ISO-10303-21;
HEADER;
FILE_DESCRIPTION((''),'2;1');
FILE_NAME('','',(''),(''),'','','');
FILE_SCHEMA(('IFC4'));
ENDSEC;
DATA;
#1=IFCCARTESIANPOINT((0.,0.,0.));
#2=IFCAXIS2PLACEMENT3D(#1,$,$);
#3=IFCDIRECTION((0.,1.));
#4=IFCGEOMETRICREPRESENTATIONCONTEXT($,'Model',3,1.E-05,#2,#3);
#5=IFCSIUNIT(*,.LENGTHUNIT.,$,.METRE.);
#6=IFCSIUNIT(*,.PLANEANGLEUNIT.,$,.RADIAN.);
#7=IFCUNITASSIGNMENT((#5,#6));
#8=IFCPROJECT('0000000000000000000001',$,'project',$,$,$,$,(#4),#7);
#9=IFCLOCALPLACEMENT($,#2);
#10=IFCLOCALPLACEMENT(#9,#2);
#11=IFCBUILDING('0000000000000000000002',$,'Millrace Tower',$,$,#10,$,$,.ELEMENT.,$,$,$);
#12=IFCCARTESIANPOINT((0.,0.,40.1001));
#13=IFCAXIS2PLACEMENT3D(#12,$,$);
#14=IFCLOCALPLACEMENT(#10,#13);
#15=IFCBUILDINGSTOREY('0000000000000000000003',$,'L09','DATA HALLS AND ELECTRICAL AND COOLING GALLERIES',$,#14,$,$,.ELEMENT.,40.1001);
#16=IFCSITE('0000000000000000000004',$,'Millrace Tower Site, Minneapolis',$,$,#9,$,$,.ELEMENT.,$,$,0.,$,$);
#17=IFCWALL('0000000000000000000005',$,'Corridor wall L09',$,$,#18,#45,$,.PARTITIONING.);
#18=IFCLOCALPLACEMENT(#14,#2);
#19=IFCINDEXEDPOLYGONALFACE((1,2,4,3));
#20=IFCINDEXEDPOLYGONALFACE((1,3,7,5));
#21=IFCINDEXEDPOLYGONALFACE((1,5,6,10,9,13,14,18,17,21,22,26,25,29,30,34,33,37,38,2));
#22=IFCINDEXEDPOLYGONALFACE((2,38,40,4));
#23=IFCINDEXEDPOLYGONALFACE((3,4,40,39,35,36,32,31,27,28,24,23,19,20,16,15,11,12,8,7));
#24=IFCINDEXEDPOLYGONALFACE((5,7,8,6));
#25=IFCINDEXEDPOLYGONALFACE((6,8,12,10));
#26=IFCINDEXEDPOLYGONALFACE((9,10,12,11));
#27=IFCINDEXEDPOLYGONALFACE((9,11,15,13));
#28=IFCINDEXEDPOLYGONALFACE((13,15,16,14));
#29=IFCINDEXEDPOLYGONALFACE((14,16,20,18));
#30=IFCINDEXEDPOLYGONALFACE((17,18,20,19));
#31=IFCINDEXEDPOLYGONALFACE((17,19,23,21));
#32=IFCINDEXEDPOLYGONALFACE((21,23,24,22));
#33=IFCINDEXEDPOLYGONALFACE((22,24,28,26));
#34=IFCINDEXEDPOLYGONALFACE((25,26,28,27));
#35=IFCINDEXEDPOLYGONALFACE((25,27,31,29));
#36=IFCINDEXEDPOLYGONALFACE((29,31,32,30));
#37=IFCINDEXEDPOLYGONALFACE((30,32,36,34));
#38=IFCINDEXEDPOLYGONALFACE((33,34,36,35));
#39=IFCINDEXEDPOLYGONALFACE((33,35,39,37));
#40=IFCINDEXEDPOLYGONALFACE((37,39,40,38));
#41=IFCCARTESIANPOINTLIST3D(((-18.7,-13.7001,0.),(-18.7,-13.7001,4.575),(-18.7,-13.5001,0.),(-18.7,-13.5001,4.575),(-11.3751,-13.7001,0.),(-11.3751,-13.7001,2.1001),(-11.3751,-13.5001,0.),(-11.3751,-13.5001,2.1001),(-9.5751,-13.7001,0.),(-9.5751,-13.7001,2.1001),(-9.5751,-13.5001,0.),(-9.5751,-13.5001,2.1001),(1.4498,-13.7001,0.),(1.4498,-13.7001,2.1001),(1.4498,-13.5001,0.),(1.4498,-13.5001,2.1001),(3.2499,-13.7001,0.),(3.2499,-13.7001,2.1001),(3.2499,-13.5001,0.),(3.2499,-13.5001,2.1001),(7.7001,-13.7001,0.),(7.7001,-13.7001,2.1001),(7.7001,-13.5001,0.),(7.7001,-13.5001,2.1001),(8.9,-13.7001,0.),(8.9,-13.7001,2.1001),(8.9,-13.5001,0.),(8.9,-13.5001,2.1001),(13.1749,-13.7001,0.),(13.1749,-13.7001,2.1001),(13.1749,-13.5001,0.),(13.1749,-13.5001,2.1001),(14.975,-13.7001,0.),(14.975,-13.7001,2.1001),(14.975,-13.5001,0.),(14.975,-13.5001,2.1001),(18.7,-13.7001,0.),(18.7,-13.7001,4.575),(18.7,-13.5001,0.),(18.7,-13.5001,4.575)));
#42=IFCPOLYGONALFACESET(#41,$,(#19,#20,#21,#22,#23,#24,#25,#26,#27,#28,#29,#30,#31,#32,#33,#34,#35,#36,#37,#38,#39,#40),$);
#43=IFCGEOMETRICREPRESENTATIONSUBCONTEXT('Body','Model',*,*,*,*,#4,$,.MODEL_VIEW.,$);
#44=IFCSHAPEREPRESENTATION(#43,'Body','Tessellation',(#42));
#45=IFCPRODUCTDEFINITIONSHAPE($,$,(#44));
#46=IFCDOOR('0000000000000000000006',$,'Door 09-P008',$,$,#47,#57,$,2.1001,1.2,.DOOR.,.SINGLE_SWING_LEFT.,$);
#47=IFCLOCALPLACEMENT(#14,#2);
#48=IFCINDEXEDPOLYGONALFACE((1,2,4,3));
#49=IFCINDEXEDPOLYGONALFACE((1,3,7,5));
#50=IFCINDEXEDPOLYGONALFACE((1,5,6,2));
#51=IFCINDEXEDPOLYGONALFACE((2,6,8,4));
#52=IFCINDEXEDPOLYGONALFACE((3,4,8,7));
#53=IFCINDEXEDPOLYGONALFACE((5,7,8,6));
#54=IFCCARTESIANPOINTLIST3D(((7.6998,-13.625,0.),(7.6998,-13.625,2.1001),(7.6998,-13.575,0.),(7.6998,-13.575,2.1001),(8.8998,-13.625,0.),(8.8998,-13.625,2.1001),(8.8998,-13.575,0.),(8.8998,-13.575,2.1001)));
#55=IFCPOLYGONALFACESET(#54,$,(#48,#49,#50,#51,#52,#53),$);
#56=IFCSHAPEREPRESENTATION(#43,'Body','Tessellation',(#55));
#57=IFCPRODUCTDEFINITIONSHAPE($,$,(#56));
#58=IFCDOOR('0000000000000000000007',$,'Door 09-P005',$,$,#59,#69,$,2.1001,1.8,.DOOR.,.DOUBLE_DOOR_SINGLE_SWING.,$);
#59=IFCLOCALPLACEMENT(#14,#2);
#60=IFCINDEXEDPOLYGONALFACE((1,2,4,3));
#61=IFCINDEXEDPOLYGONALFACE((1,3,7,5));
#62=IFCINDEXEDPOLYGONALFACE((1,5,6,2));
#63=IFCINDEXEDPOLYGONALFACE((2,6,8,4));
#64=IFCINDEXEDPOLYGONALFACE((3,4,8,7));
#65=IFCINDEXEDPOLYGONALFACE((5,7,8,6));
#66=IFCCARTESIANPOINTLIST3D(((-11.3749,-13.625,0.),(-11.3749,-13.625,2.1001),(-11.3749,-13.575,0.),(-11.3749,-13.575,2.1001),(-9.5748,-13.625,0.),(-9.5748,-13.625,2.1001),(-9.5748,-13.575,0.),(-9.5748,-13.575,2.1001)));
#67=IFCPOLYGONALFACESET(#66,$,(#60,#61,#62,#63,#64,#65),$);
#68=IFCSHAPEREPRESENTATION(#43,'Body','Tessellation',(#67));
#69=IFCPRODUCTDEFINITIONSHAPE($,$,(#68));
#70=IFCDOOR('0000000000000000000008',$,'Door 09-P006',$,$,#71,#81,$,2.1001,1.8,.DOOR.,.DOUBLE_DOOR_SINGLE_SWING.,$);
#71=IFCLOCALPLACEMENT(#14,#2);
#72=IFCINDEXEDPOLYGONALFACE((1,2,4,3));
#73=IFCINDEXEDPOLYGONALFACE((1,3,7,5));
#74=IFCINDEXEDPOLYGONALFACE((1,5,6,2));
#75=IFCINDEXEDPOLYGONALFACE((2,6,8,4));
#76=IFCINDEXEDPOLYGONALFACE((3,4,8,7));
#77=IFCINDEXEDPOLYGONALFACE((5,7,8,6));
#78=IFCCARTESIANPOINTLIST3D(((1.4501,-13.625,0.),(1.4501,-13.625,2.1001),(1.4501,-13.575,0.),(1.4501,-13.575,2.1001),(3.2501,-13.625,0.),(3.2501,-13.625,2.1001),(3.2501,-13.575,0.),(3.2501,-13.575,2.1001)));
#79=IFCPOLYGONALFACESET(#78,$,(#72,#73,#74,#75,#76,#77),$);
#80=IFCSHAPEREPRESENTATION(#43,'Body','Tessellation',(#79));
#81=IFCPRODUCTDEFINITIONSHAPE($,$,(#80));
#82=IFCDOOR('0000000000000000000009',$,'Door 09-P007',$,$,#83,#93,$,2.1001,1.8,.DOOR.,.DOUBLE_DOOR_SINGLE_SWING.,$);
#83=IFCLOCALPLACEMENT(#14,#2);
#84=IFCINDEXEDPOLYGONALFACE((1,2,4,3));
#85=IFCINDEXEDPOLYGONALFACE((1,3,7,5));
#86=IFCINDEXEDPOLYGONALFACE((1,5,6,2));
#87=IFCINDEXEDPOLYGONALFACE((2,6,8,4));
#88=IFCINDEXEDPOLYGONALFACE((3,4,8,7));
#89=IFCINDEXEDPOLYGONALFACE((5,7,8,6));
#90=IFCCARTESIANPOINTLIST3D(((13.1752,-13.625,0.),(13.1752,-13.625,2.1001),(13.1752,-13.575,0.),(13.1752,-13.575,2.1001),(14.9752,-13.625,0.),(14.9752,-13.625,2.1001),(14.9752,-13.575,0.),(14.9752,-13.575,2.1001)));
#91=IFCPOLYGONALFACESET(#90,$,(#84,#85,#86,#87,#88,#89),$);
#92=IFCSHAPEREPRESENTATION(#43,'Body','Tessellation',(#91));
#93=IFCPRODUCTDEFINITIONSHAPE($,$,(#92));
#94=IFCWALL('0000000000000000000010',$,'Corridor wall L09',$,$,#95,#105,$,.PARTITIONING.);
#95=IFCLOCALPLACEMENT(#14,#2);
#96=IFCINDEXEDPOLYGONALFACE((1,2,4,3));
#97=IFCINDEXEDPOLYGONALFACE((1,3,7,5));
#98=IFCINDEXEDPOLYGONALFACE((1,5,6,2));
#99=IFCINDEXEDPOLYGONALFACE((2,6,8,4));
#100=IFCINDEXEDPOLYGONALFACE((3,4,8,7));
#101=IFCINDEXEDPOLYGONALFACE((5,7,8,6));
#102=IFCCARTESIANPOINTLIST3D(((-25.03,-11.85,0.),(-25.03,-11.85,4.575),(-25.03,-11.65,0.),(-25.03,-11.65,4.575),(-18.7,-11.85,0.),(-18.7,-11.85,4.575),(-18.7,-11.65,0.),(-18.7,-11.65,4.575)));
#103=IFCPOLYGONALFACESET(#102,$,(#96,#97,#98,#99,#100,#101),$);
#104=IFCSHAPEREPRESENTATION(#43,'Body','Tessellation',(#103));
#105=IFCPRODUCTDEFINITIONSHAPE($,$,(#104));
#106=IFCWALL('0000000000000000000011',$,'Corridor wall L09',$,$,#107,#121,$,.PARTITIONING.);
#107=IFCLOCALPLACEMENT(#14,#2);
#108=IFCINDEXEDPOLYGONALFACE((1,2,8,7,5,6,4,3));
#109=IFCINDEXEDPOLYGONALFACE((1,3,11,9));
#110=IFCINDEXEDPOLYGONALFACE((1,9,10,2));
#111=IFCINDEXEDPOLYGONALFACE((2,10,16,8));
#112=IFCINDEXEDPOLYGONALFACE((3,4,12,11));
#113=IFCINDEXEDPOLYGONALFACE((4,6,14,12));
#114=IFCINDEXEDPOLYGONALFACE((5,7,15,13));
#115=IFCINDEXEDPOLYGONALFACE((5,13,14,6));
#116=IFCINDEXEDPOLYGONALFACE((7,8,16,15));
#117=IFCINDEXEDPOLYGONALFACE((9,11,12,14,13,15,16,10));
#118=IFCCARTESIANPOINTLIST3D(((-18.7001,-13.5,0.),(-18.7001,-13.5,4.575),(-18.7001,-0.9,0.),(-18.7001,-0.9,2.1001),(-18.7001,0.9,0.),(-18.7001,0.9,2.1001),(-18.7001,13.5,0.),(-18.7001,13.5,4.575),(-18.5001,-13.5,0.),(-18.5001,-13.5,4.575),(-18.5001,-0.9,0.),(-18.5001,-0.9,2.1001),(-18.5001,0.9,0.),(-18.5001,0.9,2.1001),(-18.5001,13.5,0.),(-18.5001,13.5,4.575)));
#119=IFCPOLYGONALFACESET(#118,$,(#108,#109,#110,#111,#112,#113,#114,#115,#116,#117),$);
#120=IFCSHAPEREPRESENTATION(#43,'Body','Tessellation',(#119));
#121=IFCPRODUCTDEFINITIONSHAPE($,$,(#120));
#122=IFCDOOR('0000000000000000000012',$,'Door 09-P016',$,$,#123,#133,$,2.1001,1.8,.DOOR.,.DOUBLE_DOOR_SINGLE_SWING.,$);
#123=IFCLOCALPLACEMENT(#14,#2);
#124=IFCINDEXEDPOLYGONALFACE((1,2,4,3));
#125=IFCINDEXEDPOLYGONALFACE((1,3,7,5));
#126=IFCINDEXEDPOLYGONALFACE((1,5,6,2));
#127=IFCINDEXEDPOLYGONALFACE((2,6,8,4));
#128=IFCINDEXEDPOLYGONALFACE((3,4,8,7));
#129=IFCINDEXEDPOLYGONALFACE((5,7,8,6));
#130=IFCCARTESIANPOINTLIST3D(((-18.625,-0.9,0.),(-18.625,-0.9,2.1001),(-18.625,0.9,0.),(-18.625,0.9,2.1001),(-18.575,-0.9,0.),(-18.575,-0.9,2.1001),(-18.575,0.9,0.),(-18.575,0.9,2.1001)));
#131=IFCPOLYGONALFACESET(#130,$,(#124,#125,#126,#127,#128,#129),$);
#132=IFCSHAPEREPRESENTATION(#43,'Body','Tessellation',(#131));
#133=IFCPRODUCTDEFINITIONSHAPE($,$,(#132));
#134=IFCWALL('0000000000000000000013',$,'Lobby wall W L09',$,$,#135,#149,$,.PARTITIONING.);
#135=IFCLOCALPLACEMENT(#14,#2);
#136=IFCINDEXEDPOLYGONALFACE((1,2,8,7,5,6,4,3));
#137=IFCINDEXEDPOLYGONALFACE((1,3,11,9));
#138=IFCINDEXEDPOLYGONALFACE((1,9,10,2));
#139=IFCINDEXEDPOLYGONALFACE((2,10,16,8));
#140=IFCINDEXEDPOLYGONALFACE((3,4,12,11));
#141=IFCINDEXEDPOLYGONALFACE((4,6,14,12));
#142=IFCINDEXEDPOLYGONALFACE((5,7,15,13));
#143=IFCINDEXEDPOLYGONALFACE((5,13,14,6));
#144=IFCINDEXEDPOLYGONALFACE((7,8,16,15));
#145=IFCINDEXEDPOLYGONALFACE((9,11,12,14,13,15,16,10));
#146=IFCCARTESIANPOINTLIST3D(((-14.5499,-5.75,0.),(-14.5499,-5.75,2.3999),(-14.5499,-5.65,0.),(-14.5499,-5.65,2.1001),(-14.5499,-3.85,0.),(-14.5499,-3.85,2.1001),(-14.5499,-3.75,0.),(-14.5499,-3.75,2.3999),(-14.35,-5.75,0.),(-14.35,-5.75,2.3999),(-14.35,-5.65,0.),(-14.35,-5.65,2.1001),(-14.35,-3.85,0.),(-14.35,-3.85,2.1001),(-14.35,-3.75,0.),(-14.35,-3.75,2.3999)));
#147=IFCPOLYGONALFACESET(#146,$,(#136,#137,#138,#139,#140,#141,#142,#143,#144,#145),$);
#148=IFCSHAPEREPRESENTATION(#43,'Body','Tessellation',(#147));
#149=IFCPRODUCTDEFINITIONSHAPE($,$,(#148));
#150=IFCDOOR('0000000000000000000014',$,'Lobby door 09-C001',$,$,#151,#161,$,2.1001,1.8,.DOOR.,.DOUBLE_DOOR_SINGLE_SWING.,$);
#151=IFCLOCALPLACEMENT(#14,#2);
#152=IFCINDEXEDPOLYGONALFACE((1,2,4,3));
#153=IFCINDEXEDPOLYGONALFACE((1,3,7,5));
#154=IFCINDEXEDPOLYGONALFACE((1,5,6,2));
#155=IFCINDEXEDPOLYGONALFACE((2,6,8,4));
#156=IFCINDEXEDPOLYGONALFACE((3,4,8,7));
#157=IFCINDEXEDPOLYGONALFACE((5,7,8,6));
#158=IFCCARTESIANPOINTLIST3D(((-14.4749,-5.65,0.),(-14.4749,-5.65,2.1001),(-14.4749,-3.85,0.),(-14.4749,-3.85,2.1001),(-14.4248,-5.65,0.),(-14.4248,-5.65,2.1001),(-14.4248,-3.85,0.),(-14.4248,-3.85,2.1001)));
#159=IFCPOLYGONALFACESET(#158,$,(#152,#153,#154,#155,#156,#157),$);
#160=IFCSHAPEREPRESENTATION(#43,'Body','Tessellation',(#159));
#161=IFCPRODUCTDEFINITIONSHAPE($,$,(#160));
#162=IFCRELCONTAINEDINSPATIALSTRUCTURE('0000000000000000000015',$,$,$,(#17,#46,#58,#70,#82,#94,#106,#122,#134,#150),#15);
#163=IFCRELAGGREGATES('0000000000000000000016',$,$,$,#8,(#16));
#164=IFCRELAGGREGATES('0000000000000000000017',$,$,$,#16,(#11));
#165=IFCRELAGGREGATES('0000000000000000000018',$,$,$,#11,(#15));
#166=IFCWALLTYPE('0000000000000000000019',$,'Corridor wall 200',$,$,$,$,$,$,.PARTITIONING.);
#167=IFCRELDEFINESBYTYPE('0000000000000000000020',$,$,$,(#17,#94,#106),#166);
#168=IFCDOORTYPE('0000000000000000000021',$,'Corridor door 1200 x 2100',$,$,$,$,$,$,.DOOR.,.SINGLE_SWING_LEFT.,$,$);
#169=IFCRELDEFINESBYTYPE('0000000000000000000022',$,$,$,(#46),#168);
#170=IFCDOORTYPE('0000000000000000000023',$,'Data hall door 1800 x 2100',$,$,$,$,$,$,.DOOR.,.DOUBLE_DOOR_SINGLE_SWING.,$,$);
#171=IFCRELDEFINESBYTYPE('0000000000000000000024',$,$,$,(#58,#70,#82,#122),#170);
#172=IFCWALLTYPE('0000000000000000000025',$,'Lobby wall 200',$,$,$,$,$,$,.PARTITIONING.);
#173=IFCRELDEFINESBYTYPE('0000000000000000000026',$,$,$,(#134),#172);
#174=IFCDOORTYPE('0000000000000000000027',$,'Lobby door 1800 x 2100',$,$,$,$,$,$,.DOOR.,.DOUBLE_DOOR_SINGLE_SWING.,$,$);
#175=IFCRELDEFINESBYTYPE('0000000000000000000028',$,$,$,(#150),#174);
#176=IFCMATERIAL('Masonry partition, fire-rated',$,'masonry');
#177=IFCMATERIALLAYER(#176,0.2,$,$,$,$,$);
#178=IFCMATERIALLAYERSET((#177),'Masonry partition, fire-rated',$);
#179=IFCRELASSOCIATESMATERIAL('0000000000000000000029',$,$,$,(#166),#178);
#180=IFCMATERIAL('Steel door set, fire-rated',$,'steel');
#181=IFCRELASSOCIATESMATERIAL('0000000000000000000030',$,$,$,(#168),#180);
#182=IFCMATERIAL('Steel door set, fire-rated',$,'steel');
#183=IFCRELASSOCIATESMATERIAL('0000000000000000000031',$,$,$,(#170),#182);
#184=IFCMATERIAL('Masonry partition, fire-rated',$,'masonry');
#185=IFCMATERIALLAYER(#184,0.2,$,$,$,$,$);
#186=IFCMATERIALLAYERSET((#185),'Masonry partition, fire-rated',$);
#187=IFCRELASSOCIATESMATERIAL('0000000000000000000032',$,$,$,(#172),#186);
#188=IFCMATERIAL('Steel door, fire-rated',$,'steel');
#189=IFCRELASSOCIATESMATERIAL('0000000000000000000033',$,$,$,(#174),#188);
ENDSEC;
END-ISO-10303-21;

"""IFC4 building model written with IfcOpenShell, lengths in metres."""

from ifc_helpers import new_model, si_unit, direction, frame, frame_2d, origin, place, context, subcontext, project, spatial, rectangle, extrude, material, layer, layer_set, type_object, element, fill, save


model = new_model("IFC4")

# Units and contexts
model_context = context("Model", 3, precision=1e-05, world=origin(), true_north=direction((0.0, 1.0)))
body_context = subcontext(model_context, "Body", "Model", "MODEL_VIEW")
ifc_project = project(units=[si_unit("LENGTHUNIT", "METRE"), si_unit("PLANEANGLEUNIT", "RADIAN")], contexts=[model_context])

# Site, building, storey
site_placement = place(None, origin())
site = spatial("IfcSite", under=ifc_project, at=site_placement, Name="Millrace Tower Site, Minneapolis", CompositionType="ELEMENT", RefElevation=0.0)
building_placement = place(site_placement, origin())
building = spatial("IfcBuilding", under=site, at=building_placement, Name="Millrace Tower", CompositionType="ELEMENT")
storey_placement = place(building_placement, frame((0.0, 0.0, 40.1001)))
storey = spatial("IfcBuildingStorey", under=building, at=storey_placement, Name="L09", Description="DATA HALLS AND ELECTRICAL AND COOLING GALLERIES", CompositionType="ELEMENT", Elevation=40.1001)

# Wall, openings, doors
ifc_material_1 = material(Name="Masonry partition, fire-rated", Category="masonry")
ifc_layer_1 = layer(ifc_material_1, 0.2)
ifc_layer_set_1 = layer_set([ifc_layer_1], Name="Masonry partition, fire-rated")
wall_type_1 = type_object("IfcWallType", Name="Corridor wall 200", PredefinedType="PARTITIONING", material=ifc_layer_set_1)
wall_1_placement = place(storey_placement, frame((-18.7, -13.6001, 0.0), z_axis=(0.0, 0.0, 1.0), x_axis=(1.0, 0.0, 0.0)))
wall_1 = element("IfcWall", 1, at=wall_1_placement, inside=storey, type_object=wall_type_1, Name="Corridor wall L09", PredefinedType="PARTITIONING", context=body_context, shape_type="SweptSolid", body=[
    extrude(rectangle(XDim=37.3999, YDim=0.2, at=frame_2d((18.7, 0.0))), origin(), (0.0, 0.0, 1.0), 4.575),
])
opening_1_placement = place(wall_1_placement, frame((7.325, 0.0, 0.0)))
opening_1 = element("IfcOpeningElement", 2, at=opening_1_placement, cuts=wall_1, PredefinedType="OPENING", context=body_context, shape_type="SweptSolid", body=[
    extrude(rectangle(XDim=1.8, YDim=2.1001, at=frame_2d((0.8999, 1.05))), frame((0.0, 0.1099, 0.0), z_axis=(0.0, -1.0, 0.0), x_axis=(1.0, 0.0, 0.0)), (0.0, 0.0, 1.0), 0.22),
])
opening_2_placement = place(wall_1_placement, frame((20.1499, 0.0, 0.0)))
opening_2 = element("IfcOpeningElement", 3, at=opening_2_placement, cuts=wall_1, PredefinedType="OPENING", context=body_context, shape_type="SweptSolid", body=[
    extrude(rectangle(XDim=1.8, YDim=2.1001, at=frame_2d((0.8999, 1.05))), frame((0.0, 0.1099, 0.0), z_axis=(0.0, -1.0, 0.0), x_axis=(1.0, 0.0, 0.0)), (0.0, 0.0, 1.0), 0.22),
])
opening_3_placement = place(wall_1_placement, frame((31.875, 0.0, 0.0)))
opening_3 = element("IfcOpeningElement", 4, at=opening_3_placement, cuts=wall_1, PredefinedType="OPENING", context=body_context, shape_type="SweptSolid", body=[
    extrude(rectangle(XDim=1.8, YDim=2.1001, at=frame_2d((0.8999, 1.05))), frame((0.0, 0.1099, 0.0), z_axis=(0.0, -1.0, 0.0), x_axis=(1.0, 0.0, 0.0)), (0.0, 0.0, 1.0), 0.22),
])
opening_4_placement = place(wall_1_placement, frame((26.3999, 0.0, 0.0)))
opening_4 = element("IfcOpeningElement", 5, at=opening_4_placement, cuts=wall_1, PredefinedType="OPENING", context=body_context, shape_type="SweptSolid", body=[
    extrude(rectangle(XDim=1.2, YDim=2.1001, at=frame_2d((0.6001, 1.05))), frame((0.0, 0.1099, 0.0), z_axis=(0.0, -1.0, 0.0), x_axis=(1.0, 0.0, 0.0)), (0.0, 0.0, 1.0), 0.22),
])
ifc_material_2 = material(Name="Steel door set, fire-rated", Category="steel")
door_type_1 = type_object("IfcDoorType", Name="Corridor door 1200 x 2100", OperationType="SINGLE_SWING_LEFT", PredefinedType="DOOR", material=ifc_material_2)
door_1_placement = place(opening_4_placement, frame((1.2, 0.0, 0.0), z_axis=(0.0, 0.0, 1.0), x_axis=(-1.0, 0.0, 0.0)))
door_1 = element("IfcDoor", 6, at=door_1_placement, inside=storey, type_object=door_type_1, Name="Door 09-P008", OperationType="SINGLE_SWING_LEFT", OverallHeight=2.1001, OverallWidth=1.2, PredefinedType="DOOR", context=body_context, shape_type="SweptSolid", body=[
    extrude(rectangle(XDim=1.2, YDim=2.1001, at=frame_2d((0.6001, 1.05))), frame((0.0, 0.0249, 0.0), z_axis=(0.0, -1.0, 0.0), x_axis=(1.0, 0.0, 0.0)), (0.0, 0.0, 1.0), 0.05),
])
fill(opening_4, door_1)
ifc_material_3 = material(Name="Steel door set, fire-rated", Category="steel")
door_type_2 = type_object("IfcDoorType", Name="Data hall door 1800 x 2100", OperationType="DOUBLE_DOOR_SINGLE_SWING", PredefinedType="DOOR", material=ifc_material_3)
door_2_placement = place(opening_1_placement, frame((1.8, 0.0, 0.0), z_axis=(0.0, 0.0, 1.0), x_axis=(-1.0, 0.0, 0.0)))
door_2 = element("IfcDoor", 7, at=door_2_placement, inside=storey, type_object=door_type_2, Name="Door 09-P005", OperationType="DOUBLE_DOOR_SINGLE_SWING", OverallHeight=2.1001, OverallWidth=1.8, PredefinedType="DOOR", context=body_context, shape_type="SweptSolid", body=[
    extrude(rectangle(XDim=1.8, YDim=2.1001, at=frame_2d((0.8999, 1.05))), frame((0.0, 0.0249, 0.0), z_axis=(0.0, -1.0, 0.0), x_axis=(1.0, 0.0, 0.0)), (0.0, 0.0, 1.0), 0.05),
])
fill(opening_1, door_2)
door_3_placement = place(opening_2_placement, frame((1.8, 0.0, 0.0), z_axis=(0.0, 0.0, 1.0), x_axis=(-1.0, 0.0, 0.0)))
door_3 = element("IfcDoor", 8, at=door_3_placement, inside=storey, type_object=door_type_2, Name="Door 09-P006", OperationType="DOUBLE_DOOR_SINGLE_SWING", OverallHeight=2.1001, OverallWidth=1.8, PredefinedType="DOOR", context=body_context, shape_type="SweptSolid", body=[
    extrude(rectangle(XDim=1.8, YDim=2.1001, at=frame_2d((0.8999, 1.05))), frame((0.0, 0.0249, 0.0), z_axis=(0.0, -1.0, 0.0), x_axis=(1.0, 0.0, 0.0)), (0.0, 0.0, 1.0), 0.05),
])
fill(opening_2, door_3)
door_4_placement = place(opening_3_placement, frame((1.8, 0.0, 0.0), z_axis=(0.0, 0.0, 1.0), x_axis=(-1.0, 0.0, 0.0)))
door_4 = element("IfcDoor", 9, at=door_4_placement, inside=storey, type_object=door_type_2, Name="Door 09-P007", OperationType="DOUBLE_DOOR_SINGLE_SWING", OverallHeight=2.1001, OverallWidth=1.8, PredefinedType="DOOR", context=body_context, shape_type="SweptSolid", body=[
    extrude(rectangle(XDim=1.8, YDim=2.1001, at=frame_2d((0.8999, 1.05))), frame((0.0, 0.0249, 0.0), z_axis=(0.0, -1.0, 0.0), x_axis=(1.0, 0.0, 0.0)), (0.0, 0.0, 1.0), 0.05),
])
fill(opening_3, door_4)

# Wall
wall_2_placement = place(storey_placement, frame((-25.03, -11.75, 0.0), z_axis=(0.0, 0.0, 1.0), x_axis=(1.0, 0.0, 0.0)))
element("IfcWall", 10, at=wall_2_placement, inside=storey, type_object=wall_type_1, Name="Corridor wall L09", PredefinedType="PARTITIONING", context=body_context, shape_type="SweptSolid", body=[
    extrude(rectangle(XDim=6.3301, YDim=0.2, at=frame_2d((3.165, 0.0))), origin(), (0.0, 0.0, 1.0), 4.575),
])

# Walls, openings, doors
wall_3_placement = place(storey_placement, frame((-18.6001, -13.5, 0.0), z_axis=(0.0, 0.0, 1.0), x_axis=(0.0, 1.0, 0.0)))
wall_3 = element("IfcWall", 11, at=wall_3_placement, inside=storey, type_object=wall_type_1, Name="Corridor wall L09", PredefinedType="PARTITIONING", context=body_context, shape_type="SweptSolid", body=[
    extrude(rectangle(XDim=27.0, YDim=0.2, at=frame_2d((13.5, 0.0))), origin(), (0.0, 0.0, 1.0), 4.575),
])
opening_5_placement = place(wall_3_placement, frame((12.6001, 0.0, 0.0)))
opening_5 = element("IfcOpeningElement", 12, at=opening_5_placement, cuts=wall_3, PredefinedType="OPENING", context=body_context, shape_type="SweptSolid", body=[
    extrude(rectangle(XDim=1.8, YDim=2.1001, at=frame_2d((0.8999, 1.05))), frame((0.0, 0.1099, 0.0), z_axis=(0.0, -1.0, 0.0), x_axis=(1.0, 0.0, 0.0)), (0.0, 0.0, 1.0), 0.22),
])
door_5_placement = place(opening_5_placement, origin())
door_5 = element("IfcDoor", 13, at=door_5_placement, inside=storey, type_object=door_type_2, Name="Door 09-P016", OperationType="DOUBLE_DOOR_SINGLE_SWING", OverallHeight=2.1001, OverallWidth=1.8, PredefinedType="DOOR", context=body_context, shape_type="SweptSolid", body=[
    extrude(rectangle(XDim=1.8, YDim=2.1001, at=frame_2d((0.8999, 1.05))), frame((0.0, 0.0249, 0.0), z_axis=(0.0, -1.0, 0.0), x_axis=(1.0, 0.0, 0.0)), (0.0, 0.0, 1.0), 0.05),
])
fill(opening_5, door_5)
ifc_material_4 = material(Name="Masonry partition, fire-rated", Category="masonry")
ifc_layer_2 = layer(ifc_material_4, 0.2)
ifc_layer_set_2 = layer_set([ifc_layer_2], Name="Masonry partition, fire-rated")
wall_type_2 = type_object("IfcWallType", Name="Lobby wall 200", PredefinedType="PARTITIONING", material=ifc_layer_set_2)
wall_4_placement = place(storey_placement, frame((-14.45, -5.75, 0.0), z_axis=(0.0, 0.0, 1.0), x_axis=(0.0, 1.0, 0.0)))
wall_4 = element("IfcWall", 14, at=wall_4_placement, inside=storey, type_object=wall_type_2, Name="Lobby wall W L09", PredefinedType="PARTITIONING", context=body_context, shape_type="SweptSolid", body=[
    extrude(rectangle(XDim=2.0, YDim=0.2, at=frame_2d((1.0, 0.0))), origin(), (0.0, 0.0, 1.0), 2.3999),
])
opening_6_placement = place(wall_4_placement, frame((0.1001, 0.0, 0.0)))
opening_6 = element("IfcOpeningElement", 15, at=opening_6_placement, cuts=wall_4, PredefinedType="OPENING", context=body_context, shape_type="SweptSolid", body=[
    extrude(rectangle(XDim=1.8, YDim=2.1001, at=frame_2d((0.8999, 1.05))), frame((0.0, 0.1099, 0.0), z_axis=(0.0, -1.0, 0.0), x_axis=(1.0, 0.0, 0.0)), (0.0, 0.0, 1.0), 0.22),
])
ifc_material_5 = material(Name="Steel door, fire-rated", Category="steel")
door_type_3 = type_object("IfcDoorType", Name="Lobby door 1800 x 2100", OperationType="DOUBLE_DOOR_SINGLE_SWING", PredefinedType="DOOR", material=ifc_material_5)
door_6_placement = place(opening_6_placement, origin())
door_6 = element("IfcDoor", 16, at=door_6_placement, inside=storey, type_object=door_type_3, Name="Lobby door 09-C001", OperationType="DOUBLE_DOOR_SINGLE_SWING", OverallHeight=2.1001, OverallWidth=1.8, PredefinedType="DOOR", context=body_context, shape_type="SweptSolid", body=[
    extrude(rectangle(XDim=1.8, YDim=2.1001, at=frame_2d((0.8999, 1.05))), frame((0.0, 0.0249, 0.0), z_axis=(0.0, -1.0, 0.0), x_axis=(1.0, 0.0, 0.0)), (0.0, 0.0, 1.0), 0.05),
])
fill(opening_6, door_6)

save(model, "model.ifc")
